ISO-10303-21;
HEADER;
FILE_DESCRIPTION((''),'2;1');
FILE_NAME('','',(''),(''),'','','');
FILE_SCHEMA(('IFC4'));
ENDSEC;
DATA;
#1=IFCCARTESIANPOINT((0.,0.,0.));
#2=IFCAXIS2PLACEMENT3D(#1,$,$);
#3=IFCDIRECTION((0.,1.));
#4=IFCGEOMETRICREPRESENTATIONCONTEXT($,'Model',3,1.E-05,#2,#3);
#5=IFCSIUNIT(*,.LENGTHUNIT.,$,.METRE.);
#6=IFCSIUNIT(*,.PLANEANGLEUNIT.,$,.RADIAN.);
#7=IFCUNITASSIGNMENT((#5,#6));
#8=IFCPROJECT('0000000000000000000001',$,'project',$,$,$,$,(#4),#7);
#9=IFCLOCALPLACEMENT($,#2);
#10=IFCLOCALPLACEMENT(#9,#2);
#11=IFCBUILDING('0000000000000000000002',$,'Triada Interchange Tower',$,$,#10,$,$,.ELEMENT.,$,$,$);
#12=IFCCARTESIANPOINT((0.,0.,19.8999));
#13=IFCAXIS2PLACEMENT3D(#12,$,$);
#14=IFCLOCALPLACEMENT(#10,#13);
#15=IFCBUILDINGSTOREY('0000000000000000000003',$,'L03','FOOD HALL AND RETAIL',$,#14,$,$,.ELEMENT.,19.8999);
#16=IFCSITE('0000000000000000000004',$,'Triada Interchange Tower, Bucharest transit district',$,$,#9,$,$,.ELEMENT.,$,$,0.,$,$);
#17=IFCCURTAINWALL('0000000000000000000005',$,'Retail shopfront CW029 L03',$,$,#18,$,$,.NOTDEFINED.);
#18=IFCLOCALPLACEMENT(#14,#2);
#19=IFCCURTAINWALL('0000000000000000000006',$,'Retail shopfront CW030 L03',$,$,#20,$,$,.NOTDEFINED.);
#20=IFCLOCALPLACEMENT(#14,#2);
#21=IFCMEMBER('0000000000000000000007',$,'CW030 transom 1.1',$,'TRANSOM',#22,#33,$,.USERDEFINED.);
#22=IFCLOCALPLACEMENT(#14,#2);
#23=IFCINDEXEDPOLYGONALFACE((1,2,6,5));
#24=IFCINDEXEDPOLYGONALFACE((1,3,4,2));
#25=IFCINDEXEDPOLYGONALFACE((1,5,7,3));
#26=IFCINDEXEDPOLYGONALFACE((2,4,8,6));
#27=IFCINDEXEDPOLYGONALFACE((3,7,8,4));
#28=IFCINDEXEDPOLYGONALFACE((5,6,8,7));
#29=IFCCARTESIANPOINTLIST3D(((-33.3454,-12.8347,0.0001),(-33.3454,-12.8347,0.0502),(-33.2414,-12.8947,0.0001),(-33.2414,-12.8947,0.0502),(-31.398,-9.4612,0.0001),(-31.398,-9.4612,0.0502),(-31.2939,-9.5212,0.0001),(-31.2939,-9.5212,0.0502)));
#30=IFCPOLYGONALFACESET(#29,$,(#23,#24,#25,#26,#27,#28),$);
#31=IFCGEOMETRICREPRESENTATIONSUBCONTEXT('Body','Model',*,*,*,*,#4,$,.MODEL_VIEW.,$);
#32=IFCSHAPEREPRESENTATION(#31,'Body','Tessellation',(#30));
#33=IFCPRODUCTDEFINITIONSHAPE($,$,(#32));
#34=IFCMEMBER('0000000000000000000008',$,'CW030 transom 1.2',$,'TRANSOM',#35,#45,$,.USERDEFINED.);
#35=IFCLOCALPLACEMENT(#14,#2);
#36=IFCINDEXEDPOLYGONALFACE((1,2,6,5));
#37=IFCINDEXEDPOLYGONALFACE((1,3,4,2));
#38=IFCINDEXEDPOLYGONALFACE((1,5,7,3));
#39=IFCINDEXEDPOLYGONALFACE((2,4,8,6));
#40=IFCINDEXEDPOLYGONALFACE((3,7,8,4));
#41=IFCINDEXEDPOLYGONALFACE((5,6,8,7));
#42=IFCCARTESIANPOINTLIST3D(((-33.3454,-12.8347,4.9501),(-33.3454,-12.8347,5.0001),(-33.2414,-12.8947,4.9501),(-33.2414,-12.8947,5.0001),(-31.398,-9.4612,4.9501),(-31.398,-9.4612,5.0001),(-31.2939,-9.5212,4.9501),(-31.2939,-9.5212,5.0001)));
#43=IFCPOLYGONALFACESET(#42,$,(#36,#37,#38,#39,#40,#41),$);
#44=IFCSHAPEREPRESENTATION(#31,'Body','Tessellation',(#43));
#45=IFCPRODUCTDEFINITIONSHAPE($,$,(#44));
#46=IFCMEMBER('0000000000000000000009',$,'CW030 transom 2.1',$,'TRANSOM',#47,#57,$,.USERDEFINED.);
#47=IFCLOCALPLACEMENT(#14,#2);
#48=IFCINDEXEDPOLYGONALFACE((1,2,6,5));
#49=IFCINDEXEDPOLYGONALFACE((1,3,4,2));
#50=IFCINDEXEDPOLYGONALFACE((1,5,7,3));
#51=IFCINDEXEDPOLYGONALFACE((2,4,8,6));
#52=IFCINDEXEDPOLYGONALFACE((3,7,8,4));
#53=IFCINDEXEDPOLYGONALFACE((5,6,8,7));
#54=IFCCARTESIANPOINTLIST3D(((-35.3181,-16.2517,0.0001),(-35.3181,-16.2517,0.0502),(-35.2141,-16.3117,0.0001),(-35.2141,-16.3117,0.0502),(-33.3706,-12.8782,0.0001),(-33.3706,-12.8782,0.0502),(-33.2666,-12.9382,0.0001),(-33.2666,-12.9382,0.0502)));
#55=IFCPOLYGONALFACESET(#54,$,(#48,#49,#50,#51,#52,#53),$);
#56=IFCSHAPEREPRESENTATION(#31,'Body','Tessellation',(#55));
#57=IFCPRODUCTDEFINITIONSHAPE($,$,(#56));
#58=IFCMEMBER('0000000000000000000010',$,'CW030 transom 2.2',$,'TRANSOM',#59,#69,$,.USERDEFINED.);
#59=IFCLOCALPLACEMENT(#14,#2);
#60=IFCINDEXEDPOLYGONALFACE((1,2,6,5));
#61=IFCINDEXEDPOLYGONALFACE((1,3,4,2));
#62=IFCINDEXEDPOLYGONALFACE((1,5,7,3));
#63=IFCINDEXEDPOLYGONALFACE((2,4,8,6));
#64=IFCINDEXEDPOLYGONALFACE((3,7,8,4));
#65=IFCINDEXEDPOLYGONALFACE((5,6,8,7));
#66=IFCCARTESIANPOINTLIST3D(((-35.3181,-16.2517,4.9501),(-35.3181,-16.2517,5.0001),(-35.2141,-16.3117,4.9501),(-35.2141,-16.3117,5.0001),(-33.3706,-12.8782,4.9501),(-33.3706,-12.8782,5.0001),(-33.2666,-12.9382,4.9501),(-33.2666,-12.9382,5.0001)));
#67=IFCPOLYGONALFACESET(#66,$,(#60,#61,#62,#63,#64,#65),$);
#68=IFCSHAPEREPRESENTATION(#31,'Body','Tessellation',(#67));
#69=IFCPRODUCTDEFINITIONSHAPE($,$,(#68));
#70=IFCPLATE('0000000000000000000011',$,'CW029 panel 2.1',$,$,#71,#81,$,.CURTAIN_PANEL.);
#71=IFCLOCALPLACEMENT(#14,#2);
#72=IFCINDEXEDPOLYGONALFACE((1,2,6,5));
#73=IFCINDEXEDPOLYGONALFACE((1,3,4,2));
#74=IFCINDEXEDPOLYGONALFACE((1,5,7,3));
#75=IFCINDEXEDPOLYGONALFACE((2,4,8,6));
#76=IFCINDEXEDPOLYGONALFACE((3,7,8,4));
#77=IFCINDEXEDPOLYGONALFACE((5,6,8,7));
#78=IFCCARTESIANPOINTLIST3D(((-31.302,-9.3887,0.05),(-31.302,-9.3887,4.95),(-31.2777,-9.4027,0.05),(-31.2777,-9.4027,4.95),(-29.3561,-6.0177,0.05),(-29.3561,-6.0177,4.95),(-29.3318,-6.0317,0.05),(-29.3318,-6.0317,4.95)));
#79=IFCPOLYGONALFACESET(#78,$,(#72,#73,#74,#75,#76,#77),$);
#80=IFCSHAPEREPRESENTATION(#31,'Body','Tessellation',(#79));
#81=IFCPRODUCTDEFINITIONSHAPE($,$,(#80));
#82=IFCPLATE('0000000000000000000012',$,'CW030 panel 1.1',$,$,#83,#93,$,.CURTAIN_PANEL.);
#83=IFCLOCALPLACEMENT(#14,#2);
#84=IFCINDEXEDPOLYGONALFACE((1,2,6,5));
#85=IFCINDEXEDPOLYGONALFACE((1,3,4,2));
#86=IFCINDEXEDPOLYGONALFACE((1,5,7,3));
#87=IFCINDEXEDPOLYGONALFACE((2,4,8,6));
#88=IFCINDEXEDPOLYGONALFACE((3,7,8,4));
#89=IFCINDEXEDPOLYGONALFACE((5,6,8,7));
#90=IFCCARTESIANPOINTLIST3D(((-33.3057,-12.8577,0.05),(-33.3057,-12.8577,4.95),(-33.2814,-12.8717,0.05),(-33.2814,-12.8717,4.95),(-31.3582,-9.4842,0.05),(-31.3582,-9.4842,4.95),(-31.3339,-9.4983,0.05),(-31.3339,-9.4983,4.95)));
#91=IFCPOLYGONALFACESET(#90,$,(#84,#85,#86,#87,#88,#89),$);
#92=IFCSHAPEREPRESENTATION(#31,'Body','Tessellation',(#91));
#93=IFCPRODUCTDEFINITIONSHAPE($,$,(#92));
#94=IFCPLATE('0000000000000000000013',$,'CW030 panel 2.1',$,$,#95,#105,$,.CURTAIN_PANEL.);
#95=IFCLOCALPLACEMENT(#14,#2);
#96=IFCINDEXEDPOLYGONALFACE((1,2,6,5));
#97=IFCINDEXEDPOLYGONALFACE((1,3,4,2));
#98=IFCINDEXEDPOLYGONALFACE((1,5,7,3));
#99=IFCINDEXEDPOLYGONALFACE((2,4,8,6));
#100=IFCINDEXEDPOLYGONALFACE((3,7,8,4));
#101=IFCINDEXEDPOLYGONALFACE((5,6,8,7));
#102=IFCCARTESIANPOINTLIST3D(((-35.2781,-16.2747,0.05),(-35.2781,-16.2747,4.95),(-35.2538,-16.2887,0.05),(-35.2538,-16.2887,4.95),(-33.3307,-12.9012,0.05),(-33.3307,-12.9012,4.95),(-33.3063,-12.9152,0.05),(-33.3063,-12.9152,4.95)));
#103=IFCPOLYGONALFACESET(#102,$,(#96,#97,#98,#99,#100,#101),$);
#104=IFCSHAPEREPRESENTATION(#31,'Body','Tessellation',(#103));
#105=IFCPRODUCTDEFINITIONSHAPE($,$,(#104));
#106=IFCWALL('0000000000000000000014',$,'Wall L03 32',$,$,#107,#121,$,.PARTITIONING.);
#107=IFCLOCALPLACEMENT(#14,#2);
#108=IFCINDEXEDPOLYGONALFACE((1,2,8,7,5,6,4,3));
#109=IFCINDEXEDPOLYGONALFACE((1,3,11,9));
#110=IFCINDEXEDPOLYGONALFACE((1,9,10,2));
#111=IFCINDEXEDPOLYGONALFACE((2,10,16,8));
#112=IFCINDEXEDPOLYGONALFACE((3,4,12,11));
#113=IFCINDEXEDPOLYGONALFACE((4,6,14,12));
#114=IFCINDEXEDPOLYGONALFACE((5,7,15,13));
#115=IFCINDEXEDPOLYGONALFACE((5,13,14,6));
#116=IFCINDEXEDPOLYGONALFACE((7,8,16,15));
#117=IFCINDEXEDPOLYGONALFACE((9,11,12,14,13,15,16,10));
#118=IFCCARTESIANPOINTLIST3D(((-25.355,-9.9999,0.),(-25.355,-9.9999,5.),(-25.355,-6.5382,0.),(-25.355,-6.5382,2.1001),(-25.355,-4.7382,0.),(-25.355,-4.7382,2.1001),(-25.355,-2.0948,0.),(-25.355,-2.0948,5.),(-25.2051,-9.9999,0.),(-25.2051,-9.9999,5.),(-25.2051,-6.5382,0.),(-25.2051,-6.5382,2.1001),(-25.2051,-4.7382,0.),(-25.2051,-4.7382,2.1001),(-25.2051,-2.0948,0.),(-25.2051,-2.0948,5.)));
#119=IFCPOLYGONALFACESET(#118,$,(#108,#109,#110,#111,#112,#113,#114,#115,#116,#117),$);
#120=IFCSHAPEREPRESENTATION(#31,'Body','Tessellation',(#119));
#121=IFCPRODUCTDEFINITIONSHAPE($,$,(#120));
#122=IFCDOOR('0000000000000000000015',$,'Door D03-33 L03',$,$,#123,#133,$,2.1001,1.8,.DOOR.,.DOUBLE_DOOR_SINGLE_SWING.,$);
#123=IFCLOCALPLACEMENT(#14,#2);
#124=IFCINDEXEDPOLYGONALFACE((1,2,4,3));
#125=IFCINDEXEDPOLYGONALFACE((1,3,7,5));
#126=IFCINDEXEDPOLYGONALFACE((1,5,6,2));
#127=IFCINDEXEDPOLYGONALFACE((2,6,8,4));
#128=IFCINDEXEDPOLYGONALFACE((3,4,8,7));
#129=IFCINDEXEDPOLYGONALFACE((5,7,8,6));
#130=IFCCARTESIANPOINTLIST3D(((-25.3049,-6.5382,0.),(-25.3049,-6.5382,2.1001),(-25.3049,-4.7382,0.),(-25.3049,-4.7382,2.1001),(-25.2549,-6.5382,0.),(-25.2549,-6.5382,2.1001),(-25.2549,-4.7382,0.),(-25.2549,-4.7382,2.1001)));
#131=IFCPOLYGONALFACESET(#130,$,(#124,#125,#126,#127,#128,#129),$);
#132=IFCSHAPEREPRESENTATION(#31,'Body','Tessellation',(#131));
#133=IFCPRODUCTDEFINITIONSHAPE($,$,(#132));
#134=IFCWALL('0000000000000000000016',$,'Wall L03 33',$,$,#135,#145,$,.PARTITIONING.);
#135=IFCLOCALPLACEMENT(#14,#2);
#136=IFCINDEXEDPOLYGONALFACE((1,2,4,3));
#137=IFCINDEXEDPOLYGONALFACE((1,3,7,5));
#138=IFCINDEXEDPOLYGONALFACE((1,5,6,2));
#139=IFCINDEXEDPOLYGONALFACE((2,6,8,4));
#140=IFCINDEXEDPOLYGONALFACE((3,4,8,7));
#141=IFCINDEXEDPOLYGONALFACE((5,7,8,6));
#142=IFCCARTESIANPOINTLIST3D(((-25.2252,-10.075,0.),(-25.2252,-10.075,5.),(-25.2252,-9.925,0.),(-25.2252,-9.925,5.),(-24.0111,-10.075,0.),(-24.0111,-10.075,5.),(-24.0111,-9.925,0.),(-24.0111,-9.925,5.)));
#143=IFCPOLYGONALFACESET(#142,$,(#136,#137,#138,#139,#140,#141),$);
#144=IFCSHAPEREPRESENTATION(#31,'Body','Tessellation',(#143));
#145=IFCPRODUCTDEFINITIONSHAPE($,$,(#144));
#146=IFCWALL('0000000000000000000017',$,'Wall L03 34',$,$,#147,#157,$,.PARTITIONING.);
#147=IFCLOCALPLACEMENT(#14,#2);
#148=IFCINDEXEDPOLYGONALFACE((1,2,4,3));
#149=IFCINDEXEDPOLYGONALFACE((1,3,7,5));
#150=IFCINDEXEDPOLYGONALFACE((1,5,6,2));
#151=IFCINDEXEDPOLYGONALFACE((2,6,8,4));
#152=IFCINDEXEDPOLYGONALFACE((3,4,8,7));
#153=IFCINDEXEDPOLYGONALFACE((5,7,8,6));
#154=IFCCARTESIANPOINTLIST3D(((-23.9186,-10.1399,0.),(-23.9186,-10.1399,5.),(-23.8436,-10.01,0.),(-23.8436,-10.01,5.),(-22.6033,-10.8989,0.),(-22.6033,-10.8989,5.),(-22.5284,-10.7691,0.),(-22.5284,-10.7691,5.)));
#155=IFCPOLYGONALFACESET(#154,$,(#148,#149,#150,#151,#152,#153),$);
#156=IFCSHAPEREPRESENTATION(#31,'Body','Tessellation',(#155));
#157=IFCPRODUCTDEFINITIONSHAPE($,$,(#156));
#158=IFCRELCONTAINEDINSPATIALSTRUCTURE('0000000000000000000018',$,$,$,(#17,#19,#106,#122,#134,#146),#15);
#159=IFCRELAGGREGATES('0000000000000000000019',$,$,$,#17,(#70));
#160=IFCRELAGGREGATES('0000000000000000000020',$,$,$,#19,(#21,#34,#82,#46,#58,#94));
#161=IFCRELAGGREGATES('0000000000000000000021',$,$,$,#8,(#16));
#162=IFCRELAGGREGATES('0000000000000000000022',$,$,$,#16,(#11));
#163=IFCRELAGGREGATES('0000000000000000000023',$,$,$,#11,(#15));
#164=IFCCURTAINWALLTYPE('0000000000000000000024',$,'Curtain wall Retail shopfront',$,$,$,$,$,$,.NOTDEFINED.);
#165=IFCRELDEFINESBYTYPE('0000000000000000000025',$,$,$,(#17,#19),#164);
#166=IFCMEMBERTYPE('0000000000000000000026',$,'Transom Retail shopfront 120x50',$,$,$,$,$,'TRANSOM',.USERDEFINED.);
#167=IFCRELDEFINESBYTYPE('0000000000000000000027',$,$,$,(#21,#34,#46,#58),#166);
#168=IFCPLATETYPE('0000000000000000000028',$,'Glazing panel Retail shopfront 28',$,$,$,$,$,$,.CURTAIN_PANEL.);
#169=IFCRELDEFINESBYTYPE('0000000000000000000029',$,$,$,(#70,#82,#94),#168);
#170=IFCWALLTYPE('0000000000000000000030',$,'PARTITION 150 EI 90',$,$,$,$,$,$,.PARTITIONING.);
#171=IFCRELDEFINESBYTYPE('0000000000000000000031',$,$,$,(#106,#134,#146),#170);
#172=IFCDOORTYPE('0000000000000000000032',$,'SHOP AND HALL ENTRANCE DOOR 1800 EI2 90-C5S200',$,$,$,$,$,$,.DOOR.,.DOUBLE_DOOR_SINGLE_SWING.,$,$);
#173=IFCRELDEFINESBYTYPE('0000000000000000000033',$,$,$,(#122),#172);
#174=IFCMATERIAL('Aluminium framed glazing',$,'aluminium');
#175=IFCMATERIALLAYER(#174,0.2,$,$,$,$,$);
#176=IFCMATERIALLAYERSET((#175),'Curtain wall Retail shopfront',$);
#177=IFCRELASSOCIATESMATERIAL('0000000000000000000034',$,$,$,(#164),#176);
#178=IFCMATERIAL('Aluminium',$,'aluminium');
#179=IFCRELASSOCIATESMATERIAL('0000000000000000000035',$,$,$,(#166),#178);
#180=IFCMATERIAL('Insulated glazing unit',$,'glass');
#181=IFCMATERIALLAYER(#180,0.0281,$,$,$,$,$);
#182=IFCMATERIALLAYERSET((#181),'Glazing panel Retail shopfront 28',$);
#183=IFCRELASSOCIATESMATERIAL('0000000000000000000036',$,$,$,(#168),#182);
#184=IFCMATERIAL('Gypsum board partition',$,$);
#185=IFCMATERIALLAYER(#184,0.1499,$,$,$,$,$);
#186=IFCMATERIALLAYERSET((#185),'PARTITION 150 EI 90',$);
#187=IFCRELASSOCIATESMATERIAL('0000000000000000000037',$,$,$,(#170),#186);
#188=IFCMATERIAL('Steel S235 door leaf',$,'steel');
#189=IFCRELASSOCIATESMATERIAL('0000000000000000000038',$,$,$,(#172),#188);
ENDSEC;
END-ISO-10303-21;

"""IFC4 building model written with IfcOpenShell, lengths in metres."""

from ifc_helpers import new_model, si_unit, direction, frame, frame_2d, origin, origin_2d, place, context, subcontext, project, spatial, rectangle, extrude, material, layer, layer_set, material_profile, profile_set, type_object, element, fill, aggregate, save


model = new_model("IFC4")

# Units and contexts
model_context = context("Model", 3, precision=1e-05, world=origin(), true_north=direction((0.0, 1.0)))
body_context = subcontext(model_context, "Body", "Model", "MODEL_VIEW")
ifc_project = project(units=[si_unit("LENGTHUNIT", "METRE"), si_unit("PLANEANGLEUNIT", "RADIAN")], contexts=[model_context])

# Site, building, storey
site_placement = place(None, origin())
site = spatial("IfcSite", under=ifc_project, at=site_placement, Name="Triada Interchange Tower, Bucharest transit district", CompositionType="ELEMENT", RefElevation=0.0)
building_placement = place(site_placement, origin())
building = spatial("IfcBuilding", under=site, at=building_placement, Name="Triada Interchange Tower", CompositionType="ELEMENT")
storey_placement = place(building_placement, frame((0.0, 0.0, 19.8999)))
storey = spatial("IfcBuildingStorey", under=building, at=storey_placement, Name="L03", Description="FOOD HALL AND RETAIL", CompositionType="ELEMENT", Elevation=19.8999)

# Curtain walls
ifc_material_1 = material(Name="Aluminium framed glazing", Category="aluminium")
ifc_layer_1 = layer(ifc_material_1, 0.2)
ifc_layer_set_1 = layer_set([ifc_layer_1], Name="Curtain wall Retail shopfront")
curtain_wall_type = type_object("IfcCurtainWallType", Name="Curtain wall Retail shopfront", PredefinedType="NOTDEFINED", material=ifc_layer_set_1)
curtain_wall_1_placement = place(storey_placement, origin())
curtain_wall_1 = element("IfcCurtainWall", 1, at=curtain_wall_1_placement, inside=storey, type_object=curtain_wall_type, Name="Retail shopfront CW029 L03", PredefinedType="NOTDEFINED")
ifc_material_2 = material(Name="Aluminium", Category="aluminium")
curtain_wall_2_placement = place(storey_placement, origin())
curtain_wall_2 = element("IfcCurtainWall", 2, at=curtain_wall_2_placement, inside=storey, type_object=curtain_wall_type, Name="Retail shopfront CW030 L03", PredefinedType="NOTDEFINED")

# Members
ifc_material_profile_1 = material_profile(ifc_material_2, rectangle(XDim=0.1201, YDim=0.05, at=origin_2d()), Name="Aluminium transom")
ifc_profile_set_1 = profile_set([ifc_material_profile_1], Name="Aluminium")
member_type_1 = type_object("IfcMemberType", Name="Transom Retail shopfront 120x50", ElementType="TRANSOM", PredefinedType="USERDEFINED", material=ifc_profile_set_1)
member_1_placement = place(storey_placement, frame((-31.3459, -9.4912, 0.0251), z_axis=(-0.499961, -0.866048, 0.0), x_axis=(0.866048, -0.499961, 0.0)))
member_1 = element("IfcMember", 3, at=member_1_placement, type_object=member_type_1, Name="CW030 transom 1.1", ObjectType="TRANSOM", PredefinedType="USERDEFINED", context=body_context, shape_type="SweptSolid", body=[
    extrude(rectangle(XDim=0.1201, YDim=0.05, at=origin_2d()), origin(), (0.0, 0.0, 1.0), 3.8953),
])
member_2_placement = place(storey_placement, frame((-31.3459, -9.4912, 4.9751), z_axis=(-0.499961, -0.866048, 0.0), x_axis=(0.866048, -0.499961, 0.0)))
member_2 = element("IfcMember", 4, at=member_2_placement, type_object=member_type_1, Name="CW030 transom 1.2", ObjectType="TRANSOM", PredefinedType="USERDEFINED", context=body_context, shape_type="SweptSolid", body=[
    extrude(rectangle(XDim=0.1201, YDim=0.05, at=origin_2d()), origin(), (0.0, 0.0, 1.0), 3.8953),
])
member_3_placement = place(storey_placement, frame((-33.3186, -12.9082, 0.0251), z_axis=(-0.499961, -0.866048, 0.0), x_axis=(0.866048, -0.499961, 0.0)))
member_3 = element("IfcMember", 5, at=member_3_placement, type_object=member_type_1, Name="CW030 transom 2.1", ObjectType="TRANSOM", PredefinedType="USERDEFINED", context=body_context, shape_type="SweptSolid", body=[
    extrude(rectangle(XDim=0.1201, YDim=0.05, at=origin_2d()), origin(), (0.0, 0.0, 1.0), 3.8953),
])
member_4_placement = place(storey_placement, frame((-33.3186, -12.9082, 4.9751), z_axis=(-0.499961, -0.866048, 0.0), x_axis=(0.866048, -0.499961, 0.0)))
member_4 = element("IfcMember", 6, at=member_4_placement, type_object=member_type_1, Name="CW030 transom 2.2", ObjectType="TRANSOM", PredefinedType="USERDEFINED", context=body_context, shape_type="SweptSolid", body=[
    extrude(rectangle(XDim=0.1201, YDim=0.05, at=origin_2d()), origin(), (0.0, 0.0, 1.0), 3.8953),
])

# Plates
ifc_material_3 = material(Name="Insulated glazing unit", Category="glass")
ifc_layer_2 = layer(ifc_material_3, 0.0281)
ifc_layer_set_2 = layer_set([ifc_layer_2], Name="Glazing panel Retail shopfront 28")
plate_type = type_object("IfcPlateType", Name="Glazing panel Retail shopfront 28", PredefinedType="CURTAIN_PANEL", material=ifc_layer_set_2)
plate_1_placement = place(storey_placement, frame((-30.3169, -7.7102, 0.05), z_axis=(0.0, 0.0, 1.0), x_axis=(-0.499948, -0.866055, 0.0)))
plate_1 = element("IfcPlate", 7, at=plate_1_placement, type_object=plate_type, Name="CW029 panel 2.1", PredefinedType="CURTAIN_PANEL", context=body_context, shape_type="SweptSolid", body=[
    extrude(rectangle(XDim=3.8923, YDim=0.0281, at=origin_2d()), origin(), (0.0, 0.0, 1.0), 4.8999),
])
aggregate(curtain_wall_1, [plate_1])
plate_2_placement = place(storey_placement, frame((-32.3198, -11.178, 0.05), z_axis=(0.0, 0.0, 1.0), x_axis=(-0.499959, -0.866049, 0.0)))
plate_2 = element("IfcPlate", 8, at=plate_2_placement, type_object=plate_type, Name="CW030 panel 1.1", PredefinedType="CURTAIN_PANEL", context=body_context, shape_type="SweptSolid", body=[
    extrude(rectangle(XDim=3.8953, YDim=0.0281, at=origin_2d()), origin(), (0.0, 0.0, 1.0), 4.8999),
])
plate_3_placement = place(storey_placement, frame((-34.2922, -14.595, 0.05), z_axis=(0.0, 0.0, 1.0), x_axis=(-0.499959, -0.866049, 0.0)))
plate_3 = element("IfcPlate", 9, at=plate_3_placement, type_object=plate_type, Name="CW030 panel 2.1", PredefinedType="CURTAIN_PANEL", context=body_context, shape_type="SweptSolid", body=[
    extrude(rectangle(XDim=3.8953, YDim=0.0281, at=origin_2d()), origin(), (0.0, 0.0, 1.0), 4.8999),
])
aggregate(curtain_wall_2, [member_1, member_2, plate_2, member_3, member_4, plate_3])

# Wall, opening, door
ifc_material_4 = material(Name="Gypsum board partition")
ifc_layer_3 = layer(ifc_material_4, 0.1499)
ifc_layer_set_3 = layer_set([ifc_layer_3], Name="PARTITION 150 EI 90")
wall_type = type_object("IfcWallType", Name="PARTITION 150 EI 90", PredefinedType="PARTITIONING", material=ifc_layer_set_3)
wall_1_placement = place(storey_placement, frame((-25.28, -10.0, 0.0), z_axis=(0.0, 0.0, 1.0), x_axis=(0.0, 1.0, 0.0)))
wall_1 = element("IfcWall", 10, at=wall_1_placement, inside=storey, type_object=wall_type, Name="Wall L03 32", PredefinedType="PARTITIONING", context=body_context, shape_type="SweptSolid", body=[
    extrude(rectangle(XDim=7.905, YDim=0.1499, at=frame_2d((3.9526, 0.0))), origin(), (0.0, 0.0, 1.0), 5.0),
])
opening_placement = place(wall_1_placement, frame((3.4619, 0.0, 0.0)))
opening = element("IfcOpeningElement", 11, at=opening_placement, cuts=wall_1, PredefinedType="OPENING", context=body_context, shape_type="SweptSolid", body=[
    extrude(rectangle(XDim=1.8, YDim=2.1001, at=frame_2d((0.8999, 1.05))), frame((0.0, 0.085, 0.0), z_axis=(0.0, -1.0, 0.0), x_axis=(1.0, 0.0, 0.0)), (0.0, 0.0, 1.0), 0.1699),
])
ifc_material_5 = material(Name="Steel S235 door leaf", Category="steel")
door_type = type_object("IfcDoorType", Name="SHOP AND HALL ENTRANCE DOOR 1800 EI2 90-C5S200", OperationType="DOUBLE_DOOR_SINGLE_SWING", PredefinedType="DOOR", material=ifc_material_5)
door_placement = place(opening_placement, origin())
door = element("IfcDoor", 12, at=door_placement, inside=storey, type_object=door_type, Name="Door D03-33 L03", OperationType="DOUBLE_DOOR_SINGLE_SWING", OverallHeight=2.1001, OverallWidth=1.8, PredefinedType="DOOR", context=body_context, shape_type="SweptSolid", body=[
    extrude(rectangle(XDim=1.8, YDim=2.1001, at=frame_2d((0.8999, 1.05))), frame((0.0, 0.0249, 0.0), z_axis=(0.0, -1.0, 0.0), x_axis=(1.0, 0.0, 0.0)), (0.0, 0.0, 1.0), 0.05),
])
fill(opening, door)

# Walls
wall_2_placement = place(storey_placement, frame((-25.2251, -10.0, 0.0), z_axis=(0.0, 0.0, 1.0), x_axis=(1.0, 0.0, 0.0)))
element("IfcWall", 13, at=wall_2_placement, inside=storey, type_object=wall_type, Name="Wall L03 33", PredefinedType="PARTITIONING", context=body_context, shape_type="SweptSolid", body=[
    extrude(rectangle(XDim=1.2141, YDim=0.1499, at=frame_2d((0.6069, 0.0))), origin(), (0.0, 0.0, 1.0), 5.0),
])
wall_3_placement = place(storey_placement, frame((-23.8811, -10.075, 0.0), z_axis=(0.0, 0.0, 1.0), x_axis=(0.866108, -0.499857, 0.0)))
element("IfcWall", 14, at=wall_3_placement, inside=storey, type_object=wall_type, Name="Wall L03 34", PredefinedType="PARTITIONING", context=body_context, shape_type="SweptSolid", body=[
    extrude(rectangle(XDim=1.5186, YDim=0.1499, at=frame_2d((0.7593, 0.0))), origin(), (0.0, 0.0, 1.0), 5.0),
])

save(model, "model.ifc")
